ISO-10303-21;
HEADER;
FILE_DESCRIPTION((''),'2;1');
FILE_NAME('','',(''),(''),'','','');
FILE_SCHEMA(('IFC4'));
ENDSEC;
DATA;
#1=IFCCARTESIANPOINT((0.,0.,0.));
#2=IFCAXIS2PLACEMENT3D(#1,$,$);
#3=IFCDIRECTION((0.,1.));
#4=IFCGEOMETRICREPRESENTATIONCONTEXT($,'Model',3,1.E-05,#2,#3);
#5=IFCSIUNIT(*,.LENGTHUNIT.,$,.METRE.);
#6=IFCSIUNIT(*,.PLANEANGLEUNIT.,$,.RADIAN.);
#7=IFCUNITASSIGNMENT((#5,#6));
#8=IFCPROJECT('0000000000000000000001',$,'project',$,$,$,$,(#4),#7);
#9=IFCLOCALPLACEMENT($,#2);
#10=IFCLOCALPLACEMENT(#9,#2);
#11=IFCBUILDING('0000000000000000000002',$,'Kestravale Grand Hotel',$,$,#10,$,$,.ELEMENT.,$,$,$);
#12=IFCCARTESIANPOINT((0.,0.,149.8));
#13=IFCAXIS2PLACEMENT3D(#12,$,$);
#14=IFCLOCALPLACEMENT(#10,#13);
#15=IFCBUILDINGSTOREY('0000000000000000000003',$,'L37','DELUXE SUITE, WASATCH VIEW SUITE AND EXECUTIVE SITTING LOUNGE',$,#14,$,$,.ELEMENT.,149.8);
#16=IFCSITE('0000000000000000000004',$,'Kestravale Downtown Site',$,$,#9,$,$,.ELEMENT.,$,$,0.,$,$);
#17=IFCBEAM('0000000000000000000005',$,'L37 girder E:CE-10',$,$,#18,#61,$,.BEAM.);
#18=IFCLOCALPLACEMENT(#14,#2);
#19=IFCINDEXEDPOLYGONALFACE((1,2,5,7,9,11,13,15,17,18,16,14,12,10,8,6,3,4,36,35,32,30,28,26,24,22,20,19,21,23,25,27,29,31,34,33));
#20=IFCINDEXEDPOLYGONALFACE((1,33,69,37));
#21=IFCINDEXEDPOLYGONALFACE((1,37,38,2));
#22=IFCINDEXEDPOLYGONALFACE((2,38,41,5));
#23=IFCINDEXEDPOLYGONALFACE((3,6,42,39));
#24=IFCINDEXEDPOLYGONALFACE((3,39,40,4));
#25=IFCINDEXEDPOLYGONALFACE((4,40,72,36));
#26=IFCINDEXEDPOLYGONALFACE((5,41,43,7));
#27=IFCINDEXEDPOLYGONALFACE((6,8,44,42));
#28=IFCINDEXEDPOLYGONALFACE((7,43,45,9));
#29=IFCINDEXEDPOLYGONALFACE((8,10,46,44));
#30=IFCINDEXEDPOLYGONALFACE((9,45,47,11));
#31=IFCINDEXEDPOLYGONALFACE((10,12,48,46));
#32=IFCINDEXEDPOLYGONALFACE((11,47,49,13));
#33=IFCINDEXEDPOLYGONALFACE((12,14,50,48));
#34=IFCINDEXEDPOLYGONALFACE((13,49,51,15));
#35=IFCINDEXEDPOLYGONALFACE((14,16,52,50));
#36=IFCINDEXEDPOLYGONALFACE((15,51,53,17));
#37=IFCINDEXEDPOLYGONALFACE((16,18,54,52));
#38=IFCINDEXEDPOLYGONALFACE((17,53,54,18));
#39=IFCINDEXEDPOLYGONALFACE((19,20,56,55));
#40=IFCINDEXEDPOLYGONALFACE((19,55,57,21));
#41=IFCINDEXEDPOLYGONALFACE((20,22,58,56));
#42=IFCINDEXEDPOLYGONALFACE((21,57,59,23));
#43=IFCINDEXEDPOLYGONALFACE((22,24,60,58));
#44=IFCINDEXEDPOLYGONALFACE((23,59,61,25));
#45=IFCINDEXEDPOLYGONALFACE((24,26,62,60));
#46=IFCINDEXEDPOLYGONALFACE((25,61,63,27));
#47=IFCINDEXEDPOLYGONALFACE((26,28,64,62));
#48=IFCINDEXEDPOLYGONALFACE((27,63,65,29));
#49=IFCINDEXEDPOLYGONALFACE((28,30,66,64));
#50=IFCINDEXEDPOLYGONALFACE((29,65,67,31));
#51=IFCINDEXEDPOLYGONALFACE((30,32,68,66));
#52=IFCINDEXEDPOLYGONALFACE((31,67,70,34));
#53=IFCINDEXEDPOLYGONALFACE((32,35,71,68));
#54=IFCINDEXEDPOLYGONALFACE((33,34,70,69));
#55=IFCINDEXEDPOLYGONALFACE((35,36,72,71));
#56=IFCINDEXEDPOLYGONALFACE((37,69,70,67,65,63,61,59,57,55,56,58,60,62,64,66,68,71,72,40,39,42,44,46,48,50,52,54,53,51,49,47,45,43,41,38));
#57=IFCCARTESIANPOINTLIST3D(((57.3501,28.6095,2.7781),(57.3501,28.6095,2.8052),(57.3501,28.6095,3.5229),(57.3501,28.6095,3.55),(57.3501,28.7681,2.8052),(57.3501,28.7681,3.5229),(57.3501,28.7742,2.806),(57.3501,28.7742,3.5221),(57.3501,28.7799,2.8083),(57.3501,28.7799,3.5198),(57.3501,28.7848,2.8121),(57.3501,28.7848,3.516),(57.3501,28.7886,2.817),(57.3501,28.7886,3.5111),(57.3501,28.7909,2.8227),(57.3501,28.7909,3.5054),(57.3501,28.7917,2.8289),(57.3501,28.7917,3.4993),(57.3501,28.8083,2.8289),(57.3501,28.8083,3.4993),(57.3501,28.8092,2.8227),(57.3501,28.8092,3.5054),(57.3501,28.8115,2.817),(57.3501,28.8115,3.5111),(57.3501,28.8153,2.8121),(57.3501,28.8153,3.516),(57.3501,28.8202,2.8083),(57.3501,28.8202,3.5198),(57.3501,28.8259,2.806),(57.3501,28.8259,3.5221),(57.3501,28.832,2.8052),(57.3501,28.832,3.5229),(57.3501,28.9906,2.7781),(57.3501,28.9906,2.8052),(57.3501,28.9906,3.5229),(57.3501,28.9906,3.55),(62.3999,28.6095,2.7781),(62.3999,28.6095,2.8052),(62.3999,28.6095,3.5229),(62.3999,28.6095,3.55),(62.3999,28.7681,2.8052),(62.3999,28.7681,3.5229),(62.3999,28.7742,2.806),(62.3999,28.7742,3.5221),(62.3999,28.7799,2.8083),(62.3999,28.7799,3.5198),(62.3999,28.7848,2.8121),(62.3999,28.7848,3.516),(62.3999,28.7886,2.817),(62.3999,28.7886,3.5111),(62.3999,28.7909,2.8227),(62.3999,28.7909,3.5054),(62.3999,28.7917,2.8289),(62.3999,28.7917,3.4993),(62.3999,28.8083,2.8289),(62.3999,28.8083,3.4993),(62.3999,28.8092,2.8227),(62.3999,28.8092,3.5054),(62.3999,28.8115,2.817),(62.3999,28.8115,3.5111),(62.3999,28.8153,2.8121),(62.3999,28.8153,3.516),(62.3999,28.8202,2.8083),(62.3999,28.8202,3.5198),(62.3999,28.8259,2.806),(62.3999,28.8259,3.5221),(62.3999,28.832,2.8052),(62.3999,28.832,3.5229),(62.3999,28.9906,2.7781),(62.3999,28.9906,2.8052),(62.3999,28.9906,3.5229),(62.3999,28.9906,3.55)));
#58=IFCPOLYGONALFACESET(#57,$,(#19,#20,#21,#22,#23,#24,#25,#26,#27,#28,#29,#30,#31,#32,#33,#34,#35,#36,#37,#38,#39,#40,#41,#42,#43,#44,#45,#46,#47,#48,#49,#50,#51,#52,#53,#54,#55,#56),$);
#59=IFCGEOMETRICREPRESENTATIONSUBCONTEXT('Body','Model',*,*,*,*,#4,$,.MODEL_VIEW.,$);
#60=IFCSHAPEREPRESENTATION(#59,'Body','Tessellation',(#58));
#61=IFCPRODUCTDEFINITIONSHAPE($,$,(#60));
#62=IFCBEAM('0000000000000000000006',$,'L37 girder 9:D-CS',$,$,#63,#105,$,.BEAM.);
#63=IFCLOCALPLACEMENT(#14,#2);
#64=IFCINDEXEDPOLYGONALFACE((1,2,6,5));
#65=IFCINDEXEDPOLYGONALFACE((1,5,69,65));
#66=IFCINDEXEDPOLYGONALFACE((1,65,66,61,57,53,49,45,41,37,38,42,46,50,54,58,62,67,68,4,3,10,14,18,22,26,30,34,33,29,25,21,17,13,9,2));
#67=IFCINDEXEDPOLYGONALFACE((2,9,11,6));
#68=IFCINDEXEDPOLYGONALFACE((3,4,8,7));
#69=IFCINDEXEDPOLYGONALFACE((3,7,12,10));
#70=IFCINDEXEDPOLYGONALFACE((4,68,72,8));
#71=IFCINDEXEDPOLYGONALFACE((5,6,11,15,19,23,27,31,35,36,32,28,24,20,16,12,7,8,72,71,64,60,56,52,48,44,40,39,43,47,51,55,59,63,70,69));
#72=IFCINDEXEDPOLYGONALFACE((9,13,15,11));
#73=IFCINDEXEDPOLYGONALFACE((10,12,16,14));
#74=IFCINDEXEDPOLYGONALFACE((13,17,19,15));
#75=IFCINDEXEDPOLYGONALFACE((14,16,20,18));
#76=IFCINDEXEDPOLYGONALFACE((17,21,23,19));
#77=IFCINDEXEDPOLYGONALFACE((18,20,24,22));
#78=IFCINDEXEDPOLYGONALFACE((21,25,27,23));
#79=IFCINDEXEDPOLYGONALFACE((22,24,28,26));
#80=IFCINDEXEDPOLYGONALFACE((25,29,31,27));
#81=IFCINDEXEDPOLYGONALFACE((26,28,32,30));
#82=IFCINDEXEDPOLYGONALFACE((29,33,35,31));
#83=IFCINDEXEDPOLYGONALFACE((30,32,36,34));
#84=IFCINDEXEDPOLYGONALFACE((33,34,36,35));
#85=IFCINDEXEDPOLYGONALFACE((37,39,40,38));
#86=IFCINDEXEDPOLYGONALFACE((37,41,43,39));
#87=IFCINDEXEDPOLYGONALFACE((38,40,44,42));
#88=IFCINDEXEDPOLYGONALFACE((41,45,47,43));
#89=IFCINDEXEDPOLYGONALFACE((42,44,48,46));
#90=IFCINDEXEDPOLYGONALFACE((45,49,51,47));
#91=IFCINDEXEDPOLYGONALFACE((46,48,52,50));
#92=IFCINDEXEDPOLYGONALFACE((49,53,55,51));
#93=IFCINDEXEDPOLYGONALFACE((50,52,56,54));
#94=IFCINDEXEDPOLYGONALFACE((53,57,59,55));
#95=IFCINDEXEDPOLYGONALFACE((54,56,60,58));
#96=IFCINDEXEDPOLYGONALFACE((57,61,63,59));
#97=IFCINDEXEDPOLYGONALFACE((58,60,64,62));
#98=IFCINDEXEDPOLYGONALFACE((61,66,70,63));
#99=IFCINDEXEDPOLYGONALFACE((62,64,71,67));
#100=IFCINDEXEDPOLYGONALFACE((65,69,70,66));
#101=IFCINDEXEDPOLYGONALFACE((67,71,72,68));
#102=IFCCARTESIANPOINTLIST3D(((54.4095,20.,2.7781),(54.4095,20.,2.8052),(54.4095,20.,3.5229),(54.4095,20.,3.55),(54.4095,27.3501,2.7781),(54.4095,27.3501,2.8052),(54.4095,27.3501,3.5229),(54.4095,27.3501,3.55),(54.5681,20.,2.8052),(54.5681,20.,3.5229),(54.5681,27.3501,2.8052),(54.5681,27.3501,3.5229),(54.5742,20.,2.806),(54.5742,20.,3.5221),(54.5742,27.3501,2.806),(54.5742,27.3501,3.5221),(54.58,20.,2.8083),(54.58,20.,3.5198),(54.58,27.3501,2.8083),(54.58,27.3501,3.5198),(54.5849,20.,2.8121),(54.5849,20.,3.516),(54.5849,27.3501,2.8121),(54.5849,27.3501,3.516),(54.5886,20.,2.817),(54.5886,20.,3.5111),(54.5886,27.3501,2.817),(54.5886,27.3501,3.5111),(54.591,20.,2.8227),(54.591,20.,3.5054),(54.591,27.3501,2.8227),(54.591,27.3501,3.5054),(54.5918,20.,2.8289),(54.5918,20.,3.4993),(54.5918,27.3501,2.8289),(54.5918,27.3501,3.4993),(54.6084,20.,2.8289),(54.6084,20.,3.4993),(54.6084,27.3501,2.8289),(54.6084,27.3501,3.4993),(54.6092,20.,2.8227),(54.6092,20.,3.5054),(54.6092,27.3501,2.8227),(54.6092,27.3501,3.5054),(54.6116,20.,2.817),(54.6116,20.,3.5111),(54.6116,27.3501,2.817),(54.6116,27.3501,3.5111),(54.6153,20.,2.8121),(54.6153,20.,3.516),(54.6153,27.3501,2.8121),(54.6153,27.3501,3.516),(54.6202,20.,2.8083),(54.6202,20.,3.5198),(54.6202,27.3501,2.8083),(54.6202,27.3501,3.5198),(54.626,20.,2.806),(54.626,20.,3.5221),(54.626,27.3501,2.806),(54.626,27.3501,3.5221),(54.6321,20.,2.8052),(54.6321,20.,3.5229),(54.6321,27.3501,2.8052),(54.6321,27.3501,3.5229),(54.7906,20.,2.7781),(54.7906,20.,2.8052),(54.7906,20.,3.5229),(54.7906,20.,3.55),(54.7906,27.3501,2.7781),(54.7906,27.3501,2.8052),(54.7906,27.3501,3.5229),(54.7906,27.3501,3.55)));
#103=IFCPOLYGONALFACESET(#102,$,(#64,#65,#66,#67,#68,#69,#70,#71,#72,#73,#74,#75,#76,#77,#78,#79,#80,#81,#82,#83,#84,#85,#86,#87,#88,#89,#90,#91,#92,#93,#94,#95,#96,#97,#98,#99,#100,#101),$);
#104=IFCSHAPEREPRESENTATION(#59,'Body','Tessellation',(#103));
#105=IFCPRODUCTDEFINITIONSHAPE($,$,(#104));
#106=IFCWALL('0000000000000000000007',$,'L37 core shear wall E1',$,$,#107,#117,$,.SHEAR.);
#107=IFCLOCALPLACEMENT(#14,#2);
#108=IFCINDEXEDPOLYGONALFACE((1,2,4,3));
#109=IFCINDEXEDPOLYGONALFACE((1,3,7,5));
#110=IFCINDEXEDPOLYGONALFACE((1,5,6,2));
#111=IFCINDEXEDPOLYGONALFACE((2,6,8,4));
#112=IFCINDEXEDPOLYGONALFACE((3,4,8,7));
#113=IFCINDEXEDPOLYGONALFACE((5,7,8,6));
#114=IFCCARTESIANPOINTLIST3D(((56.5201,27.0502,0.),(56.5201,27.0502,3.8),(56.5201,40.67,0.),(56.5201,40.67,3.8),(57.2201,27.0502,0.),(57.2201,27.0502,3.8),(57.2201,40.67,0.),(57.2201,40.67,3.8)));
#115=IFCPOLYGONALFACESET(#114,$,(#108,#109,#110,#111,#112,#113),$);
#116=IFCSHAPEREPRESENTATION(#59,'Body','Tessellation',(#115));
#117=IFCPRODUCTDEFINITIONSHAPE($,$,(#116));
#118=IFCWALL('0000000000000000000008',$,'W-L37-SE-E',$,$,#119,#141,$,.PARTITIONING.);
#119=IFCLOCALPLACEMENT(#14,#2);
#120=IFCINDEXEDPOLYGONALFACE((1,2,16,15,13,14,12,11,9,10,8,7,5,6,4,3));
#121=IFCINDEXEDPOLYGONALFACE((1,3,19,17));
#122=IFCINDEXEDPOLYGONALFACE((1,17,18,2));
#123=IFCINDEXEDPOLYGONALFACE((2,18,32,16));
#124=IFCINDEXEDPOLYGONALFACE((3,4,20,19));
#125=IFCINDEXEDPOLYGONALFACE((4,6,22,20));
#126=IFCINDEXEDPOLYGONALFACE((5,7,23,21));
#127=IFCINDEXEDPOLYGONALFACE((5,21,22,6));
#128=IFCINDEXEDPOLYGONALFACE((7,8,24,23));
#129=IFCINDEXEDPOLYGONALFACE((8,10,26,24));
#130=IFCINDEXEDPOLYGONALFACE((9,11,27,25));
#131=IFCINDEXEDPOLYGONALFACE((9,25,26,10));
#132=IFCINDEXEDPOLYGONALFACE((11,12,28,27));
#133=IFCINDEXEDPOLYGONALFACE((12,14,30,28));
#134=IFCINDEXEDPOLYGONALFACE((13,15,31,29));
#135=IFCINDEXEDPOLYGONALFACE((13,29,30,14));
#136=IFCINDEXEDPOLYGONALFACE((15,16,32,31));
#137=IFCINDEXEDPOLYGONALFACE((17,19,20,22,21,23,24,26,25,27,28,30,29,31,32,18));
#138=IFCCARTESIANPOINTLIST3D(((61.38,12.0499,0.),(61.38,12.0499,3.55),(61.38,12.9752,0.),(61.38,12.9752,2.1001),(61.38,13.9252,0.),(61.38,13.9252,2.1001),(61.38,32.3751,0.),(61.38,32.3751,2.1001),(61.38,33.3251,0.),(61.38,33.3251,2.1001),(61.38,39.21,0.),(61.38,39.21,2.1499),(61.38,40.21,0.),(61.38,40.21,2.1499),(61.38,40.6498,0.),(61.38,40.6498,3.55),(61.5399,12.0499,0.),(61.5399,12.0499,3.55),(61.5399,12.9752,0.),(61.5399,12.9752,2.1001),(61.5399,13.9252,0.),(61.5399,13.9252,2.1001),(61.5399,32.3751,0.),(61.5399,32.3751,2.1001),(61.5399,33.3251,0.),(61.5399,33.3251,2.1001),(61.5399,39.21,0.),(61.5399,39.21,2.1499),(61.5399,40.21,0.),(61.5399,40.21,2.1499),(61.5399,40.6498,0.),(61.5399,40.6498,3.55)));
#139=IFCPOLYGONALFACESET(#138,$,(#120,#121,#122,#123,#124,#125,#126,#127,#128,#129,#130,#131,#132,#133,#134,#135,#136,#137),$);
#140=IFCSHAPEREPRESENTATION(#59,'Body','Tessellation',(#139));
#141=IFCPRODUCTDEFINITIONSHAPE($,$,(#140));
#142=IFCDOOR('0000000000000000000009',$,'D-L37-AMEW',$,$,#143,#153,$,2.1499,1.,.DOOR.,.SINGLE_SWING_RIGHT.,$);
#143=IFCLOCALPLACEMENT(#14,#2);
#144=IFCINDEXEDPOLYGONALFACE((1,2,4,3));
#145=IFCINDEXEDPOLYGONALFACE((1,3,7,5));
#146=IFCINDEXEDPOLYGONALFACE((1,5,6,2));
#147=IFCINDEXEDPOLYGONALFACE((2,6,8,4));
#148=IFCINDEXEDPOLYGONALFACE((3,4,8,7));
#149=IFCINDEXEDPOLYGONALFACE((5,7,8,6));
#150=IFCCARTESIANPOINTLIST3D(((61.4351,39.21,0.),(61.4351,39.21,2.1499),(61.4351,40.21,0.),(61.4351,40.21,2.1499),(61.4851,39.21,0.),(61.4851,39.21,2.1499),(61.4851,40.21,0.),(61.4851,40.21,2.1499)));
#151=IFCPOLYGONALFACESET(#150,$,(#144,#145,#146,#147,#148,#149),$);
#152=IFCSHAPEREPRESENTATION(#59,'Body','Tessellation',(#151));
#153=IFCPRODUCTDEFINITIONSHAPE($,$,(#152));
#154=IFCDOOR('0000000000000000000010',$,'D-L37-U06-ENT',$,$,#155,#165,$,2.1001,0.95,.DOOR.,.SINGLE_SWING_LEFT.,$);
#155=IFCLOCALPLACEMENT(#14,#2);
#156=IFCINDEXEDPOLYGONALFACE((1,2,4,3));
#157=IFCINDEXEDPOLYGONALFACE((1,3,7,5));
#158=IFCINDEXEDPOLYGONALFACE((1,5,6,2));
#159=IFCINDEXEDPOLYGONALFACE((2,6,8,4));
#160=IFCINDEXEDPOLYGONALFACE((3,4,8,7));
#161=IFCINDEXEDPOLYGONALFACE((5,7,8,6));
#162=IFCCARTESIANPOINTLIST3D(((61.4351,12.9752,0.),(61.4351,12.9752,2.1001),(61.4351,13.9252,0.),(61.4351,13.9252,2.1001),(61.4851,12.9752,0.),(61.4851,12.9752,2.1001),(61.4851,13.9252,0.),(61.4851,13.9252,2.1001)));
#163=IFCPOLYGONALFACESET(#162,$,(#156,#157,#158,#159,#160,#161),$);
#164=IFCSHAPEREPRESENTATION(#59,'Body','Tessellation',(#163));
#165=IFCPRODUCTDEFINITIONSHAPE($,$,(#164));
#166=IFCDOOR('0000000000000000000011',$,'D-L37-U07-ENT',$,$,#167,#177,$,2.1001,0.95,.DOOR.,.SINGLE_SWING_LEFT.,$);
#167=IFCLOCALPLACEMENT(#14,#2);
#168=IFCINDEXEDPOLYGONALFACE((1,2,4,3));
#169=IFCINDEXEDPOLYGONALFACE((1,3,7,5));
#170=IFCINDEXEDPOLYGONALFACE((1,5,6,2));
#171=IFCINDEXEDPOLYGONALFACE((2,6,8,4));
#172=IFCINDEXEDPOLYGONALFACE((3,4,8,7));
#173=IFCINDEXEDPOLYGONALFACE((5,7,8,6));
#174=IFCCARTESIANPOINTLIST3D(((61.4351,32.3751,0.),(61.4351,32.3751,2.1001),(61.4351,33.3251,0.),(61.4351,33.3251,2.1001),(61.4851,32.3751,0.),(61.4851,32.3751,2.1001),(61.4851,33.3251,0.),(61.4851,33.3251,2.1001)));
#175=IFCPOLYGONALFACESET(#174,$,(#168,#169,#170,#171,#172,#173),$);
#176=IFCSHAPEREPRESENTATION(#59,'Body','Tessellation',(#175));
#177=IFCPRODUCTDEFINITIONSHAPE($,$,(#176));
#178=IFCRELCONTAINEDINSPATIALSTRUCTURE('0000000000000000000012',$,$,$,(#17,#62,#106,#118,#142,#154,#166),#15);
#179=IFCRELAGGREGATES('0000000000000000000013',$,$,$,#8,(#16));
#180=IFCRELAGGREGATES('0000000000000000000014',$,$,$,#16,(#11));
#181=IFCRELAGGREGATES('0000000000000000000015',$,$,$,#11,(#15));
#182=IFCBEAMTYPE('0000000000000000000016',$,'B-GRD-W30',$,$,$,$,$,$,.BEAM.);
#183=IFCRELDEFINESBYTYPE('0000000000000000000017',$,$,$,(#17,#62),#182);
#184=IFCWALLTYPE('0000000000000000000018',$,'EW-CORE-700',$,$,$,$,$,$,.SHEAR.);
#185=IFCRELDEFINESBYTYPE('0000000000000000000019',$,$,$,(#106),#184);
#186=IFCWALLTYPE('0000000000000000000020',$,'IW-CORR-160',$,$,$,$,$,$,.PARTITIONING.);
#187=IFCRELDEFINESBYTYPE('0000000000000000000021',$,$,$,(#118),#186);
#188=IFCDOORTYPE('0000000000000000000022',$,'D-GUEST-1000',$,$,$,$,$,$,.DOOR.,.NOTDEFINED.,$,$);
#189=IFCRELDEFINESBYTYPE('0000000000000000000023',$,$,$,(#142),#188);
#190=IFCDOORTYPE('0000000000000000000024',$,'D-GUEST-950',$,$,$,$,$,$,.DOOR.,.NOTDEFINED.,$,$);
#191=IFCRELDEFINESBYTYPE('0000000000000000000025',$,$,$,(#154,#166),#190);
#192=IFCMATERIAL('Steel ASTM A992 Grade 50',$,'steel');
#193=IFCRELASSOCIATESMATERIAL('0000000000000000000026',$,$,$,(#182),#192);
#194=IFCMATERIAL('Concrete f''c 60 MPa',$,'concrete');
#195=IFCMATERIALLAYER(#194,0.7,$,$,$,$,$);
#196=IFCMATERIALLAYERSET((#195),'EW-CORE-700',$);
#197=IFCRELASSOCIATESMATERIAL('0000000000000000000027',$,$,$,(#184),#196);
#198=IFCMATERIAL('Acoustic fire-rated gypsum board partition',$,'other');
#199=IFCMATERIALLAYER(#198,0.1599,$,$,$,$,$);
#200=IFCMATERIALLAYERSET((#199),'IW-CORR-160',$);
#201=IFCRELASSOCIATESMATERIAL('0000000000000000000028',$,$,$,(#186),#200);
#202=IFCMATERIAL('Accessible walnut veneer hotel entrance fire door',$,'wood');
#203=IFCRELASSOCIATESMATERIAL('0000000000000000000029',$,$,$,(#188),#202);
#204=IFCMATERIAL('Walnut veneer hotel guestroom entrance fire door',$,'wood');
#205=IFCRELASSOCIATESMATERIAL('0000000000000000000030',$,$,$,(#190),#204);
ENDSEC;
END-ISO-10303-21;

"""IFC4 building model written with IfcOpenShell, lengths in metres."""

from ifc_helpers import new_model, si_unit, direction, frame, frame_2d, origin, origin_2d, place, context, subcontext, project, spatial, rectangle, i_section, extrude, material, layer, layer_set, material_profile, profile_set, type_object, element, fill, save


model = new_model("IFC4")

# Units and contexts
model_context = context("Model", 3, precision=1e-05, world=origin(), true_north=direction((0.0, 1.0)))
body_context = subcontext(model_context, "Body", "Model", "MODEL_VIEW")
ifc_project = project(units=[si_unit("LENGTHUNIT", "METRE"), si_unit("PLANEANGLEUNIT", "RADIAN")], contexts=[model_context])

# Site, building, storey
site_placement = place(None, origin())
site = spatial("IfcSite", under=ifc_project, at=site_placement, Name="Kestravale Downtown Site", CompositionType="ELEMENT", RefElevation=0.0)
building_placement = place(site_placement, origin())
building = spatial("IfcBuilding", under=site, at=building_placement, Name="Kestravale Grand Hotel", CompositionType="ELEMENT")
storey_placement = place(building_placement, frame((0.0, 0.0, 149.8)))
storey = spatial("IfcBuildingStorey", under=building, at=storey_placement, Name="L37", Description="DELUXE SUITE, WASATCH VIEW SUITE AND EXECUTIVE SITTING LOUNGE", CompositionType="ELEMENT", Elevation=149.8)

# Beams
ifc_material_1 = material(Name="Steel ASTM A992 Grade 50", Category="steel")
ifc_material_profile_1 = material_profile(ifc_material_1, i_section(OverallWidth=0.3811, OverallDepth=0.772, WebThickness=0.0166, FlangeThickness=0.0271, FilletRadius=0.0237, at=origin_2d()))
ifc_profile_set_1 = profile_set([ifc_material_profile_1], Name="Steel ASTM A992 Grade 50")
beam_type_1 = type_object("IfcBeamType", Name="B-GRD-W30", PredefinedType="BEAM", material=ifc_profile_set_1)
beam_1_placement = place(storey_placement, frame((57.3501, 28.8, 3.1641), z_axis=(1.0, 0.0, 0.0), x_axis=(0.0, 1.0, 0.0)))
element("IfcBeam", 1, at=beam_1_placement, inside=storey, type_object=beam_type_1, Name="L37 girder E:CE-10", PredefinedType="BEAM", context=body_context, shape_type="SweptSolid", body=[
    extrude(i_section(OverallWidth=0.3811, OverallDepth=0.772, WebThickness=0.0166, FlangeThickness=0.0271, FilletRadius=0.0237, at=origin_2d()), origin(), (0.0, 0.0, 1.0), 5.0498),
])
beam_2_placement = place(storey_placement, frame((54.6001, 20.0, 3.1641), z_axis=(0.0, 1.0, 0.0), x_axis=(-1.0, 0.0, 0.0)))
element("IfcBeam", 2, at=beam_2_placement, inside=storey, type_object=beam_type_1, Name="L37 girder 9:D-CS", PredefinedType="BEAM", context=body_context, shape_type="SweptSolid", body=[
    extrude(i_section(OverallWidth=0.3811, OverallDepth=0.772, WebThickness=0.0166, FlangeThickness=0.0271, FilletRadius=0.0237, at=origin_2d()), origin(), (0.0, 0.0, 1.0), 7.3501),
])

# Wall
ifc_material_2 = material(Name="Concrete f'c 60 MPa", Category="concrete")
ifc_layer_1 = layer(ifc_material_2, 0.7)
ifc_layer_set_1 = layer_set([ifc_layer_1], Name="EW-CORE-700")
wall_type_1 = type_object("IfcWallType", Name="EW-CORE-700", PredefinedType="SHEAR", material=ifc_layer_set_1)
wall_1_placement = place(storey_placement, frame((56.8701, 27.05, 0.0), z_axis=(0.0, 0.0, 1.0), x_axis=(0.0, 1.0, 0.0)))
element("IfcWall", 3, at=wall_1_placement, inside=storey, type_object=wall_type_1, Name="L37 core shear wall E1", PredefinedType="SHEAR", context=body_context, shape_type="SweptSolid", body=[
    extrude(rectangle(XDim=13.6199, YDim=0.7, at=frame_2d((6.8101, 0.0))), origin(), (0.0, 0.0, 1.0), 3.8),
])

# Wall, openings, doors
ifc_material_3 = material(Name="Acoustic fire-rated gypsum board partition", Category="other")
ifc_layer_2 = layer(ifc_material_3, 0.1599)
ifc_layer_set_2 = layer_set([ifc_layer_2], Name="IW-CORR-160")
wall_type_2 = type_object("IfcWallType", Name="IW-CORR-160", PredefinedType="PARTITIONING", material=ifc_layer_set_2)
wall_2_placement = place(storey_placement, frame((61.46, 12.05, 0.0), z_axis=(0.0, 0.0, 1.0), x_axis=(0.0, 1.0, 0.0)))
wall_2 = element("IfcWall", 4, at=wall_2_placement, inside=storey, type_object=wall_type_2, Name="W-L37-SE-E", PredefinedType="PARTITIONING", context=body_context, shape_type="SweptSolid", body=[
    extrude(rectangle(XDim=28.5999, YDim=0.1599, at=frame_2d((14.2998, 0.0))), origin(), (0.0, 0.0, 1.0), 3.55),
])
opening_1_placement = place(wall_2_placement, frame((0.925, 0.0, 0.0)))
opening_1 = element("IfcOpeningElement", 5, at=opening_1_placement, cuts=wall_2, PredefinedType="OPENING", context=body_context, shape_type="SweptSolid", body=[
    extrude(rectangle(XDim=0.95, YDim=2.1001, at=frame_2d((0.4751, 1.05))), frame((0.0, 0.0898, 0.0), z_axis=(0.0, -1.0, 0.0), x_axis=(1.0, 0.0, 0.0)), (0.0, 0.0, 1.0), 0.1799),
])
opening_2_placement = place(wall_2_placement, frame((20.325, 0.0, 0.0)))
opening_2 = element("IfcOpeningElement", 6, at=opening_2_placement, cuts=wall_2, PredefinedType="OPENING", context=body_context, shape_type="SweptSolid", body=[
    extrude(rectangle(XDim=0.95, YDim=2.1001, at=frame_2d((0.4751, 1.05))), frame((0.0, 0.0898, 0.0), z_axis=(0.0, -1.0, 0.0), x_axis=(1.0, 0.0, 0.0)), (0.0, 0.0, 1.0), 0.1799),
])
opening_3_placement = place(wall_2_placement, frame((27.1599, 0.0, 0.0)))
opening_3 = element("IfcOpeningElement", 7, at=opening_3_placement, cuts=wall_2, PredefinedType="OPENING", context=body_context, shape_type="SweptSolid", body=[
    extrude(rectangle(XDim=1.0, YDim=2.1499, at=frame_2d((0.5, 1.075))), frame((0.0, 0.0898, 0.0), z_axis=(0.0, -1.0, 0.0), x_axis=(1.0, 0.0, 0.0)), (0.0, 0.0, 1.0), 0.1799),
])
ifc_material_4 = material(Name="Accessible walnut veneer hotel entrance fire door", Category="wood")
door_type_1 = type_object("IfcDoorType", Name="D-GUEST-1000", OperationType="NOTDEFINED", PredefinedType="DOOR", material=ifc_material_4)
door_1_placement = place(opening_3_placement, origin())
door_1 = element("IfcDoor", 8, at=door_1_placement, inside=storey, type_object=door_type_1, Name="D-L37-AMEW", OperationType="SINGLE_SWING_RIGHT", OverallHeight=2.1499, OverallWidth=1.0, PredefinedType="DOOR", context=body_context, shape_type="SweptSolid", body=[
    extrude(rectangle(XDim=1.0, YDim=2.1499, at=frame_2d((0.5, 1.075))), frame((0.0, 0.0249, 0.0), z_axis=(0.0, -1.0, 0.0), x_axis=(1.0, 0.0, 0.0)), (0.0, 0.0, 1.0), 0.05),
])
fill(opening_3, door_1)
ifc_material_5 = material(Name="Walnut veneer hotel guestroom entrance fire door", Category="wood")
door_type_2 = type_object("IfcDoorType", Name="D-GUEST-950", OperationType="NOTDEFINED", PredefinedType="DOOR", material=ifc_material_5)
door_2_placement = place(opening_1_placement, origin())
door_2 = element("IfcDoor", 9, at=door_2_placement, inside=storey, type_object=door_type_2, Name="D-L37-U06-ENT", OperationType="SINGLE_SWING_LEFT", OverallHeight=2.1001, OverallWidth=0.95, PredefinedType="DOOR", context=body_context, shape_type="SweptSolid", body=[
    extrude(rectangle(XDim=0.95, YDim=2.1001, at=frame_2d((0.4751, 1.05))), frame((0.0, 0.0249, 0.0), z_axis=(0.0, -1.0, 0.0), x_axis=(1.0, 0.0, 0.0)), (0.0, 0.0, 1.0), 0.05),
])
fill(opening_1, door_2)
door_3_placement = place(opening_2_placement, origin())
door_3 = element("IfcDoor", 10, at=door_3_placement, inside=storey, type_object=door_type_2, Name="D-L37-U07-ENT", OperationType="SINGLE_SWING_LEFT", OverallHeight=2.1001, OverallWidth=0.95, PredefinedType="DOOR", context=body_context, shape_type="SweptSolid", body=[
    extrude(rectangle(XDim=0.95, YDim=2.1001, at=frame_2d((0.4751, 1.05))), frame((0.0, 0.0249, 0.0), z_axis=(0.0, -1.0, 0.0), x_axis=(1.0, 0.0, 0.0)), (0.0, 0.0, 1.0), 0.05),
])
fill(opening_2, door_3)

save(model, "model.ifc")
